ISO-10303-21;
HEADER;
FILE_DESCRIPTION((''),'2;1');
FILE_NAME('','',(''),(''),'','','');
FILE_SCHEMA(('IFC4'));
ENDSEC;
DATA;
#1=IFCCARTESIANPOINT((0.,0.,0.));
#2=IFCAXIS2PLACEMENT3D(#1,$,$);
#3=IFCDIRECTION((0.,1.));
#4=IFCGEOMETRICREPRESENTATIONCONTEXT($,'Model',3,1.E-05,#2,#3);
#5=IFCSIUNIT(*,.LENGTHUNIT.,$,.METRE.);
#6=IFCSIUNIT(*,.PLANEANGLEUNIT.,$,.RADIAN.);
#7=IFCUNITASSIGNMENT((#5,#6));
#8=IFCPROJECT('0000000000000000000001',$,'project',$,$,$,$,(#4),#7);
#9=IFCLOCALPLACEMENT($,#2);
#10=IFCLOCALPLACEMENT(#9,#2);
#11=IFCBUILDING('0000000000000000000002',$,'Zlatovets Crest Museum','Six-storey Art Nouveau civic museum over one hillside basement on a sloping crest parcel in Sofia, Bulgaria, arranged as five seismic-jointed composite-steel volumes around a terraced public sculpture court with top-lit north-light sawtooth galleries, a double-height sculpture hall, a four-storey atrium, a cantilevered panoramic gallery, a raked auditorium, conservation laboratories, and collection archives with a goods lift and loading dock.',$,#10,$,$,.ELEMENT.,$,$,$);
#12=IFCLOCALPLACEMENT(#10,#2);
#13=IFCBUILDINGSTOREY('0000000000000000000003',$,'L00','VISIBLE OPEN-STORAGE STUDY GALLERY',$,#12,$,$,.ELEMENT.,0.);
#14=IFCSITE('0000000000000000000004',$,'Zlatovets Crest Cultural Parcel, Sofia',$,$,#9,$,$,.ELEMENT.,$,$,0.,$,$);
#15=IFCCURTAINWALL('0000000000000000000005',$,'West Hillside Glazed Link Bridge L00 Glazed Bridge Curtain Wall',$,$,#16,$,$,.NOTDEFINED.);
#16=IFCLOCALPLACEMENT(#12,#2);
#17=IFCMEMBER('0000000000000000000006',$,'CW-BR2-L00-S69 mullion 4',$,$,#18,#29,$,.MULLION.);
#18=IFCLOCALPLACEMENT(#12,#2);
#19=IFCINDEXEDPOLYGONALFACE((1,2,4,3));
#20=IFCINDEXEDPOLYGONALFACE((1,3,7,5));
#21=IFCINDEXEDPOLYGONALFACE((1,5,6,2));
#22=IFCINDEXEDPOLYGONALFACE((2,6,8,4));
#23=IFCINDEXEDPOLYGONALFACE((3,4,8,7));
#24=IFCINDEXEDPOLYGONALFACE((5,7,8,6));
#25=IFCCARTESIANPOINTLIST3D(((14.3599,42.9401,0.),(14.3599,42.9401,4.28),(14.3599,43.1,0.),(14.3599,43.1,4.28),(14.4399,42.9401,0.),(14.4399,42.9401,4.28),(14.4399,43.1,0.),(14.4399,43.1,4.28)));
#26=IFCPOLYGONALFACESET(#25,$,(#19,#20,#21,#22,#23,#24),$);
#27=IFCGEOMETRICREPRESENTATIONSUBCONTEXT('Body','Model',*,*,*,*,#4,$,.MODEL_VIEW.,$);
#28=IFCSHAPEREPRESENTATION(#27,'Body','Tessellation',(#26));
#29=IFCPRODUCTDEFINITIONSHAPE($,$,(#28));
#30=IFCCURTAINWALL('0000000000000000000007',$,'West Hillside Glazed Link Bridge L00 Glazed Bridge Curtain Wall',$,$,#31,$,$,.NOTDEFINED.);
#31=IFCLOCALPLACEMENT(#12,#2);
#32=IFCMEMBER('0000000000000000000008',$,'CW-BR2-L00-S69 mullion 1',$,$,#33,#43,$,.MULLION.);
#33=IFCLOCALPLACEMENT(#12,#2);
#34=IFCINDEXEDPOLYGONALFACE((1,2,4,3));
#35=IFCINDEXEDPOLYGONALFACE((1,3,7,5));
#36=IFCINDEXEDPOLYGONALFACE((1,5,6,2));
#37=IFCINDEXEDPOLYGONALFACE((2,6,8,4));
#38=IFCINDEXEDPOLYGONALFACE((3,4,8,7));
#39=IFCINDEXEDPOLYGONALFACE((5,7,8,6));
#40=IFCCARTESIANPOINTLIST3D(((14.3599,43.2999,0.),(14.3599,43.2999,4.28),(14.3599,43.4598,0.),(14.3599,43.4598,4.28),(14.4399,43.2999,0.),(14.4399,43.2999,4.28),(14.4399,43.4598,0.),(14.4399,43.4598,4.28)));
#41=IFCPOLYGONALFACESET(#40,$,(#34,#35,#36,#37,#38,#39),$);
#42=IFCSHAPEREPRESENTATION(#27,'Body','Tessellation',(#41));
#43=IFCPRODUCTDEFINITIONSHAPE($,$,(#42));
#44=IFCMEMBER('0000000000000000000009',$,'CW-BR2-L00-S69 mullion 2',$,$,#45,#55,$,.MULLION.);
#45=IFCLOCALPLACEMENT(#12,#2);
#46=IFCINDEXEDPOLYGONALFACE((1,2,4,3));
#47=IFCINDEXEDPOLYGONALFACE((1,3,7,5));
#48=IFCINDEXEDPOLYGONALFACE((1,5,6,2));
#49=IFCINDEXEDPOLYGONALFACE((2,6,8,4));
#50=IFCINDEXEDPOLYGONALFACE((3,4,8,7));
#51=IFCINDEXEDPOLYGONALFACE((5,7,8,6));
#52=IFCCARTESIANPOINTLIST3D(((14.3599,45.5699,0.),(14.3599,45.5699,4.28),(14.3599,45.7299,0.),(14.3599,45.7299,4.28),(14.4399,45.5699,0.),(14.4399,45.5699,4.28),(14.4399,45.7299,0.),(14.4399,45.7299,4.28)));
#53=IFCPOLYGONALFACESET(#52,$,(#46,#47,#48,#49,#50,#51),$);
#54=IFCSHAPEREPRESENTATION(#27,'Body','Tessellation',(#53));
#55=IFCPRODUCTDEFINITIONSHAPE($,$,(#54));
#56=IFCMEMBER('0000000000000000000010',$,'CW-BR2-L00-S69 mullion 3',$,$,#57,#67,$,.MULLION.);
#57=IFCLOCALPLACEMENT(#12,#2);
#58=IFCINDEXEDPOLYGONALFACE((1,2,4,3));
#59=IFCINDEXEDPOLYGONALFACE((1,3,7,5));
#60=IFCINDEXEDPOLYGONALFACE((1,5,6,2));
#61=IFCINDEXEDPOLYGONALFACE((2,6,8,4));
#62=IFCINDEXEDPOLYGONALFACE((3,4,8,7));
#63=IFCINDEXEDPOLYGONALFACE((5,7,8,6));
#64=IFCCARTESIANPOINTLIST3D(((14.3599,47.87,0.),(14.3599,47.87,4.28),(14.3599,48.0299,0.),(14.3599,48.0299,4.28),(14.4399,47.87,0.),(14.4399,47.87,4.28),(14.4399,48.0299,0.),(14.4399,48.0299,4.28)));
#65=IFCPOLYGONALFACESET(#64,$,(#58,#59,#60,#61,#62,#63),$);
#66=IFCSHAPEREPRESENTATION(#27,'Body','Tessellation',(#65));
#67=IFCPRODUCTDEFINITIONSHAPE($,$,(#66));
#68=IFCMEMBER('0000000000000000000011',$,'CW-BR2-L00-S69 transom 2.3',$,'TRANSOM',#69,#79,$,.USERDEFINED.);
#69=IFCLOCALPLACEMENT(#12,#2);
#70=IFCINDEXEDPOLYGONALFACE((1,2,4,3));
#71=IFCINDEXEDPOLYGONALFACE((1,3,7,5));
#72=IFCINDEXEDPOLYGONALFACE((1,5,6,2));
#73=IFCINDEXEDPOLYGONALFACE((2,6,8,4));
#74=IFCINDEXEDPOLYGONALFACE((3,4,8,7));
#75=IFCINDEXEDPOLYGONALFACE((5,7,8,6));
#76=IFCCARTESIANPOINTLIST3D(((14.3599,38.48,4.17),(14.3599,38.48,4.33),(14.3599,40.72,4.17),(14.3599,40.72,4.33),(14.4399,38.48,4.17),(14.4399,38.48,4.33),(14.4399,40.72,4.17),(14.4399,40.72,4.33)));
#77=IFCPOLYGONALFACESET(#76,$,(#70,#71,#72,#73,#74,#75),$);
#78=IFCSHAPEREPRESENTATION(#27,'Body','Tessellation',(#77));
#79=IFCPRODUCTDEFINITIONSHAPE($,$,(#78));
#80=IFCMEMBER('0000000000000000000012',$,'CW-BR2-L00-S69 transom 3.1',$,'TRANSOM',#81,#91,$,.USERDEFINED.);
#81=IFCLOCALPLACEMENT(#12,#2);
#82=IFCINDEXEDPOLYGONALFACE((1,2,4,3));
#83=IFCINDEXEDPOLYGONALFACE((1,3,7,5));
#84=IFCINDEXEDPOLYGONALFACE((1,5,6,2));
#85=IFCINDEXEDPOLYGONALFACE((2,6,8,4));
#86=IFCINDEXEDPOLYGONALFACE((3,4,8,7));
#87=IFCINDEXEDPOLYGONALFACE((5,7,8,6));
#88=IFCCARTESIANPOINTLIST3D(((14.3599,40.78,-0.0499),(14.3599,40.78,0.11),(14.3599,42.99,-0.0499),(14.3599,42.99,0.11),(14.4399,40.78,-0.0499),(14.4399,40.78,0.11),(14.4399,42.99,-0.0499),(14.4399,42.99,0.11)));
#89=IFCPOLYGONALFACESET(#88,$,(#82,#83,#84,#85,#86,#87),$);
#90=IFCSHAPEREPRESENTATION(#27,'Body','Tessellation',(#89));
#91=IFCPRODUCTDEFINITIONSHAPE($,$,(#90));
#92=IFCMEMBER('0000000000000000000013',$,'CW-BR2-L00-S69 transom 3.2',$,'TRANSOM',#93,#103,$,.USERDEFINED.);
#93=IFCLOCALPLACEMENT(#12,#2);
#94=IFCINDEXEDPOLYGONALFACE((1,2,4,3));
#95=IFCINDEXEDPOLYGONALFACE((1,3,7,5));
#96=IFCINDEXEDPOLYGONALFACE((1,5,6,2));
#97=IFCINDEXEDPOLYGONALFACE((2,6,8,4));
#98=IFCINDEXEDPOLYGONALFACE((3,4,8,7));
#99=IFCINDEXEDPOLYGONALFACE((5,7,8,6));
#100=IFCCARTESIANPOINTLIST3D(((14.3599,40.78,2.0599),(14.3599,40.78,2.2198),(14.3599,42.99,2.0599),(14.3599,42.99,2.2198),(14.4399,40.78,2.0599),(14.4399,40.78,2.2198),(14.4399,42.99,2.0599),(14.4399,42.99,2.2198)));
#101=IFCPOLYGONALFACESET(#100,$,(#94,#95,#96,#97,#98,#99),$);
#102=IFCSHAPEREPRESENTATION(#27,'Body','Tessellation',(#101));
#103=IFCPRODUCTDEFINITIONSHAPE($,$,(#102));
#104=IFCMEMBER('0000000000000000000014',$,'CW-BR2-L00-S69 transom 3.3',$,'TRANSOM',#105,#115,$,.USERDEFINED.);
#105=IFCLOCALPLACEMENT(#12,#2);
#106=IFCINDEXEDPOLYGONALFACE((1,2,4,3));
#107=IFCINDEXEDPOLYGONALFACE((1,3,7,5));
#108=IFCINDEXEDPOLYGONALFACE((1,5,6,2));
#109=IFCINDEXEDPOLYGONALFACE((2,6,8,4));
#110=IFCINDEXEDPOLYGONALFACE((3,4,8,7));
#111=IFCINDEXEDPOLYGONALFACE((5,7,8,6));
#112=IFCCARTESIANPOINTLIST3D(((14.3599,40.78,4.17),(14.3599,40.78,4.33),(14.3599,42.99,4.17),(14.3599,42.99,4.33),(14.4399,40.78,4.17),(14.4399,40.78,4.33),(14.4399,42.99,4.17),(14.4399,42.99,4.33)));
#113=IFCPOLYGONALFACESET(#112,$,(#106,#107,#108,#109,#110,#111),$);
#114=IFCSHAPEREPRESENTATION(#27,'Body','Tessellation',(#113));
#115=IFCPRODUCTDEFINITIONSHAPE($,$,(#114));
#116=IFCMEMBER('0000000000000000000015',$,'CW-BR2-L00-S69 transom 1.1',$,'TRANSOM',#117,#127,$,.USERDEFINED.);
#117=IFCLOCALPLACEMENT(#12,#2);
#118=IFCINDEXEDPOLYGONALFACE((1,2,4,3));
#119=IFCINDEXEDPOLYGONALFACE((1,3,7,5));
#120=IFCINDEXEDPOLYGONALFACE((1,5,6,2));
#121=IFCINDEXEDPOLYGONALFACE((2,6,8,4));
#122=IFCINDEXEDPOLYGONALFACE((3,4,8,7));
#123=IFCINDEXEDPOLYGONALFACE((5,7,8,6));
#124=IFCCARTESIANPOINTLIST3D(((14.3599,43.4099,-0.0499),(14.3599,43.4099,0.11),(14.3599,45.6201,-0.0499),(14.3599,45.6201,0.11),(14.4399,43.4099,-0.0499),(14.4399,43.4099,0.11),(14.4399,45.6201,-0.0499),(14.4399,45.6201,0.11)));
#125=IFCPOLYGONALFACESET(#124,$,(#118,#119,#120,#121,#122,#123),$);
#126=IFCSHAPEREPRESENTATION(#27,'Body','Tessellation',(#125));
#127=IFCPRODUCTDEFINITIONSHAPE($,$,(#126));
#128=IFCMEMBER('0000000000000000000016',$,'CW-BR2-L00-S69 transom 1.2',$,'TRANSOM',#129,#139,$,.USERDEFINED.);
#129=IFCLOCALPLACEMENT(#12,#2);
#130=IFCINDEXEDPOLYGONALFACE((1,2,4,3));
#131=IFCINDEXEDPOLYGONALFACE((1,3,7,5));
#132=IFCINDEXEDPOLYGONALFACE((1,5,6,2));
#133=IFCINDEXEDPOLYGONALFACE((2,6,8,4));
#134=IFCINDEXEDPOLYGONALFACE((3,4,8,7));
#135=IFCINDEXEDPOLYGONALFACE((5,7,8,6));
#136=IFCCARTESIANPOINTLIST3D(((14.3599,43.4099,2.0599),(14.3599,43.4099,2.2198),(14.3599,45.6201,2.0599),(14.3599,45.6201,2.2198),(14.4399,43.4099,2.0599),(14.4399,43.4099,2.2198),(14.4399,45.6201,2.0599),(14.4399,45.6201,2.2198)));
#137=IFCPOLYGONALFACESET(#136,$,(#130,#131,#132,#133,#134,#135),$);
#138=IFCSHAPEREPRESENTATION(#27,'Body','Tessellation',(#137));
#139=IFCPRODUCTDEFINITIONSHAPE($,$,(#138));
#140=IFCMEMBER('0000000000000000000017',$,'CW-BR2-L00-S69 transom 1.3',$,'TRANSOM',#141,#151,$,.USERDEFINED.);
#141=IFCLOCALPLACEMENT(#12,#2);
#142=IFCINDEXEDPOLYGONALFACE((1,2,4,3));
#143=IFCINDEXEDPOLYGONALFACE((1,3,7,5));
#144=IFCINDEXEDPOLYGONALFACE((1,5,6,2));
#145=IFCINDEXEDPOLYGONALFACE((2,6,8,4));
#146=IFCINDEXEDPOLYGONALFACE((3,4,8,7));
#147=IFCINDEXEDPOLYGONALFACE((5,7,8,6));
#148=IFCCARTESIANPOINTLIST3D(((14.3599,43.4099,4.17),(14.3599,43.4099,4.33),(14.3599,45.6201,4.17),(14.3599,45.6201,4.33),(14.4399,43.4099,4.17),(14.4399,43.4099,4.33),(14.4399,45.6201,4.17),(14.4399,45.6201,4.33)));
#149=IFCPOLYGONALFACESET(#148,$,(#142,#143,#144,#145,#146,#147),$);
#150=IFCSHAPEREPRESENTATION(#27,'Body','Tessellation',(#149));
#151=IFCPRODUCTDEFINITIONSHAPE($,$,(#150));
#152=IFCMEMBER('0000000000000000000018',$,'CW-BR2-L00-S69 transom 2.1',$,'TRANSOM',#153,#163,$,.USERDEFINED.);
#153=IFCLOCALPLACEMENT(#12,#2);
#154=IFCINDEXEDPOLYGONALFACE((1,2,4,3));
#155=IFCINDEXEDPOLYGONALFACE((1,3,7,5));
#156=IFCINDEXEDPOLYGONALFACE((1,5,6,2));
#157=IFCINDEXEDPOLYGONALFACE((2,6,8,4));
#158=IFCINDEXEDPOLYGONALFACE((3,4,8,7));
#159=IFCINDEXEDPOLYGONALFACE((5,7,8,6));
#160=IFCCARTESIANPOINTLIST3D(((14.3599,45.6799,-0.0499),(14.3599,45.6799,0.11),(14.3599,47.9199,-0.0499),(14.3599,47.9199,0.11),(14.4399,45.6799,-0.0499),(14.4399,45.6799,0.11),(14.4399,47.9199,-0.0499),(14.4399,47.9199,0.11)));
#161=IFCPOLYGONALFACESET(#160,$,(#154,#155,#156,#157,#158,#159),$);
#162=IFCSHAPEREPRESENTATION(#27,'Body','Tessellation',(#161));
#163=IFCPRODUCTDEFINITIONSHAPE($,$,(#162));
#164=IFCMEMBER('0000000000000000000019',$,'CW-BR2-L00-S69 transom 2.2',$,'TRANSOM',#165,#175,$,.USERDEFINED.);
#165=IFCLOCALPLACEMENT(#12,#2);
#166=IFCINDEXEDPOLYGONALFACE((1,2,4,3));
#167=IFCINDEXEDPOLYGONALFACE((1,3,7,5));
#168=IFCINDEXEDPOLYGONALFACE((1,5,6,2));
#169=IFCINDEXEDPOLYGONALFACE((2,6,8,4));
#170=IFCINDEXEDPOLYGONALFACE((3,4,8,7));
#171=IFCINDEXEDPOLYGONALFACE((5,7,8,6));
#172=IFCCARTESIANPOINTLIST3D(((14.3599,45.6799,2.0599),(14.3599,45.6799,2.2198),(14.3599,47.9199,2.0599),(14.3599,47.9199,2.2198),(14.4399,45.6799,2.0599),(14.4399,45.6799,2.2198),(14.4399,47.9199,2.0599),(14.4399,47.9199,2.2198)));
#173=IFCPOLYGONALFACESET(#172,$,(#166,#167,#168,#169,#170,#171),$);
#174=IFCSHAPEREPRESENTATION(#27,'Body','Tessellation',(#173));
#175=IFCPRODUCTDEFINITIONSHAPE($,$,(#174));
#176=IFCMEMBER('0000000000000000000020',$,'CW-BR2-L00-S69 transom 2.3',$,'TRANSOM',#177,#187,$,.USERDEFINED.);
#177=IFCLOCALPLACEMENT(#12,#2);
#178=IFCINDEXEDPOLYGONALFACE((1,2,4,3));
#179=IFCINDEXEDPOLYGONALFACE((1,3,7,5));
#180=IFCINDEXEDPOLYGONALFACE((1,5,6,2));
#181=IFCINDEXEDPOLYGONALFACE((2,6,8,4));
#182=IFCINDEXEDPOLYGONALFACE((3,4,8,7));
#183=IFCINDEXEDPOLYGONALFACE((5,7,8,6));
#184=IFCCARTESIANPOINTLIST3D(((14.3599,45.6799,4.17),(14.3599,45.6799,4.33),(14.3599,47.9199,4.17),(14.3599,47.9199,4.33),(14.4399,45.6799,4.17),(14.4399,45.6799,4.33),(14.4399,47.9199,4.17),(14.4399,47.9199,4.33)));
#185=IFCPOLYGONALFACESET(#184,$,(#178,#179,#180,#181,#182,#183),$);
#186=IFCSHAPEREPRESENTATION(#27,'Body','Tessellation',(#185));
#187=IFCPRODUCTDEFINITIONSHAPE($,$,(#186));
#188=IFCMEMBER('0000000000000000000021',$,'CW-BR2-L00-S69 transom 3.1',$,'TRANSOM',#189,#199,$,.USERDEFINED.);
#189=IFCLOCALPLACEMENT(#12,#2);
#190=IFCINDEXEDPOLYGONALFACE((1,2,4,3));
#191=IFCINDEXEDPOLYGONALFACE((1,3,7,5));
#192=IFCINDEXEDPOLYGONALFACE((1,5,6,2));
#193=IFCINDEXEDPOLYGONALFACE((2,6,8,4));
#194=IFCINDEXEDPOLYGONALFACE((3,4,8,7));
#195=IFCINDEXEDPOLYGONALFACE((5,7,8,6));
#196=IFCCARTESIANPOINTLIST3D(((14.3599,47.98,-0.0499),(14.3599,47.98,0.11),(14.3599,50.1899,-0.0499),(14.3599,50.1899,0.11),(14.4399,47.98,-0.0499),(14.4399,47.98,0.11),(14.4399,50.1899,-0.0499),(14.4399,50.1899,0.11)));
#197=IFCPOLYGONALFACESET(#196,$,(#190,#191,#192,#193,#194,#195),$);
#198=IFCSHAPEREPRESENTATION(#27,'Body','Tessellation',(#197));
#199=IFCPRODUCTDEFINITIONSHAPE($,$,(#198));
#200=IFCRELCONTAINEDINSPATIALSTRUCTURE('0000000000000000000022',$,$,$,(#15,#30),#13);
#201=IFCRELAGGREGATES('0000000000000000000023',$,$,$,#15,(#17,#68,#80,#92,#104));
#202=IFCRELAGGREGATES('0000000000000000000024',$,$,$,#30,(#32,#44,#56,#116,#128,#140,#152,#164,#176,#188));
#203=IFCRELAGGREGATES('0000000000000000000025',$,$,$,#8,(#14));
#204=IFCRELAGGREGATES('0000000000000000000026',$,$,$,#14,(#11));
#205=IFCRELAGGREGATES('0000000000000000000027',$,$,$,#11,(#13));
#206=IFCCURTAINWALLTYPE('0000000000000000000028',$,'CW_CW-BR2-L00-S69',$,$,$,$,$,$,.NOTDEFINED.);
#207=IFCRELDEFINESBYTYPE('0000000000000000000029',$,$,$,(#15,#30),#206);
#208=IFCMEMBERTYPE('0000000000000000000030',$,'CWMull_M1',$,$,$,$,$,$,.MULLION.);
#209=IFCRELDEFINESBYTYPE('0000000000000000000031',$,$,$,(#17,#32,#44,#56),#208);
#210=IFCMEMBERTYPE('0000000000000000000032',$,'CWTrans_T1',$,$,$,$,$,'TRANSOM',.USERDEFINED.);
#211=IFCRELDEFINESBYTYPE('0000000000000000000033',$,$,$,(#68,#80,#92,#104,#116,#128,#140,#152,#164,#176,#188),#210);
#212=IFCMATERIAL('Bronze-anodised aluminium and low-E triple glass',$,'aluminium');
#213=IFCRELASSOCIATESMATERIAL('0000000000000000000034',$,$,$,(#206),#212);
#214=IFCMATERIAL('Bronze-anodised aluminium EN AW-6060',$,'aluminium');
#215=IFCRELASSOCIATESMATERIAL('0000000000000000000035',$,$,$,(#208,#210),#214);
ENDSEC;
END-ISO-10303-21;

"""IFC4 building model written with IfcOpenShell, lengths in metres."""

from ifc_helpers import new_model, si_unit, direction, frame, origin, origin_2d, place, context, subcontext, project, spatial, rectangle, extrude, material, material_profile, profile_set, type_object, element, aggregate, save


model = new_model("IFC4")

# Units and contexts
model_context = context("Model", 3, precision=1e-05, world=origin(), true_north=direction((0.0, 1.0)))
body_context = subcontext(model_context, "Body", "Model", "MODEL_VIEW")
ifc_project = project(units=[si_unit("LENGTHUNIT", "METRE"), si_unit("PLANEANGLEUNIT", "RADIAN")], contexts=[model_context])

# Site, building, storey
site_placement = place(None, origin())
site = spatial("IfcSite", under=ifc_project, at=site_placement, Name="Zlatovets Crest Cultural Parcel, Sofia", CompositionType="ELEMENT", RefElevation=0.0)
building_placement = place(site_placement, origin())
building = spatial("IfcBuilding", under=site, at=building_placement, Name="Zlatovets Crest Museum", Description="Six-storey Art Nouveau civic museum over one hillside basement on a sloping crest parcel in Sofia, Bulgaria, arranged as five seismic-jointed composite-steel volumes around a terraced public sculpture court with top-lit north-light sawtooth galleries, a double-height sculpture hall, a four-storey atrium, a cantilevered panoramic gallery, a raked auditorium, conservation laboratories, and collection archives with a goods lift and loading dock.", CompositionType="ELEMENT")
storey_placement = place(building_placement, origin())
storey = spatial("IfcBuildingStorey", under=building, at=storey_placement, Name="L00", Description="VISIBLE OPEN-STORAGE STUDY GALLERY", CompositionType="ELEMENT", Elevation=0.0)

# Curtain walls, members
ifc_material_1 = material(Name="Bronze-anodised aluminium and low-E triple glass", Category="aluminium")
curtain_wall_type = type_object("IfcCurtainWallType", Name="CW_CW-BR2-L00-S69", PredefinedType="NOTDEFINED", material=ifc_material_1)
curtain_wall_1_placement = place(storey_placement, origin())
curtain_wall_1 = element("IfcCurtainWall", 1, at=curtain_wall_1_placement, inside=storey, type_object=curtain_wall_type, Name="West Hillside Glazed Link Bridge L00 Glazed Bridge Curtain Wall", PredefinedType="NOTDEFINED")
ifc_material_2 = material(Name="Bronze-anodised aluminium EN AW-6060", Category="aluminium")
ifc_material_profile_1 = material_profile(ifc_material_2, rectangle(XDim=0.0801, YDim=0.1599, at=origin_2d()), Name="ALU 80x160")
ifc_profile_set_1 = profile_set([ifc_material_profile_1], Name="Bronze-anodised aluminium EN AW-6060")
member_type_1 = type_object("IfcMemberType", Name="CWMull_M1", PredefinedType="MULLION", material=ifc_profile_set_1)
member_1_placement = place(storey_placement, frame((14.3999, 43.02, 0.0), z_axis=(0.0, 0.0, 1.0), x_axis=(-1.0, 0.0, 0.0)))
member_1 = element("IfcMember", 2, at=member_1_placement, type_object=member_type_1, Name="CW-BR2-L00-S69 mullion 4", PredefinedType="MULLION", context=body_context, shape_type="SweptSolid", body=[
    extrude(rectangle(XDim=0.0801, YDim=0.1599, at=origin_2d()), origin(), (0.0, 0.0, 1.0), 4.28),
])
curtain_wall_2_placement = place(storey_placement, origin())
curtain_wall_2 = element("IfcCurtainWall", 3, at=curtain_wall_2_placement, inside=storey, type_object=curtain_wall_type, Name="West Hillside Glazed Link Bridge L00 Glazed Bridge Curtain Wall", PredefinedType="NOTDEFINED")
member_2_placement = place(storey_placement, frame((14.3999, 43.3799, 0.0), z_axis=(0.0, 0.0, 1.0), x_axis=(-1.0, 0.0, 0.0)))
member_2 = element("IfcMember", 4, at=member_2_placement, type_object=member_type_1, Name="CW-BR2-L00-S69 mullion 1", PredefinedType="MULLION", context=body_context, shape_type="SweptSolid", body=[
    extrude(rectangle(XDim=0.0801, YDim=0.1599, at=origin_2d()), origin(), (0.0, 0.0, 1.0), 4.28),
])
member_3_placement = place(storey_placement, frame((14.3999, 45.6499, 0.0), z_axis=(0.0, 0.0, 1.0), x_axis=(-1.0, 0.0, 0.0)))
member_3 = element("IfcMember", 5, at=member_3_placement, type_object=member_type_1, Name="CW-BR2-L00-S69 mullion 2", PredefinedType="MULLION", context=body_context, shape_type="SweptSolid", body=[
    extrude(rectangle(XDim=0.0801, YDim=0.1599, at=origin_2d()), origin(), (0.0, 0.0, 1.0), 4.28),
])
member_4_placement = place(storey_placement, frame((14.3999, 47.95, 0.0), z_axis=(0.0, 0.0, 1.0), x_axis=(-1.0, 0.0, 0.0)))
member_4 = element("IfcMember", 6, at=member_4_placement, type_object=member_type_1, Name="CW-BR2-L00-S69 mullion 3", PredefinedType="MULLION", context=body_context, shape_type="SweptSolid", body=[
    extrude(rectangle(XDim=0.0801, YDim=0.1599, at=origin_2d()), origin(), (0.0, 0.0, 1.0), 4.28),
])

# Members
ifc_material_profile_2 = material_profile(ifc_material_2, rectangle(XDim=0.0801, YDim=0.1599, at=origin_2d()), Name="ALU 80x160")
ifc_profile_set_2 = profile_set([ifc_material_profile_2], Name="Bronze-anodised aluminium EN AW-6060")
member_type_2 = type_object("IfcMemberType", Name="CWTrans_T1", ElementType="TRANSOM", PredefinedType="USERDEFINED", material=ifc_profile_set_2)
member_5_placement = place(storey_placement, frame((14.3999, 38.48, 4.25), z_axis=(0.0, 1.0, 0.0), x_axis=(-1.0, 0.0, 0.0)))
member_5 = element("IfcMember", 7, at=member_5_placement, type_object=member_type_2, Name="CW-BR2-L00-S69 transom 2.3", ObjectType="TRANSOM", PredefinedType="USERDEFINED", context=body_context, shape_type="SweptSolid", body=[
    extrude(rectangle(XDim=0.0801, YDim=0.1599, at=origin_2d()), origin(), (0.0, 0.0, 1.0), 2.24),
])
member_6_placement = place(storey_placement, frame((14.3999, 40.78, 0.03), z_axis=(0.0, 1.0, 0.0), x_axis=(-1.0, 0.0, 0.0)))
member_6 = element("IfcMember", 8, at=member_6_placement, type_object=member_type_2, Name="CW-BR2-L00-S69 transom 3.1", ObjectType="TRANSOM", PredefinedType="USERDEFINED", context=body_context, shape_type="SweptSolid", body=[
    extrude(rectangle(XDim=0.0801, YDim=0.1599, at=origin_2d()), origin(), (0.0, 0.0, 1.0), 2.21),
])
member_7_placement = place(storey_placement, frame((14.3999, 40.78, 2.1399), z_axis=(0.0, 1.0, 0.0), x_axis=(-1.0, 0.0, 0.0)))
member_7 = element("IfcMember", 9, at=member_7_placement, type_object=member_type_2, Name="CW-BR2-L00-S69 transom 3.2", ObjectType="TRANSOM", PredefinedType="USERDEFINED", context=body_context, shape_type="SweptSolid", body=[
    extrude(rectangle(XDim=0.0801, YDim=0.1599, at=origin_2d()), origin(), (0.0, 0.0, 1.0), 2.21),
])
member_8_placement = place(storey_placement, frame((14.3999, 40.78, 4.25), z_axis=(0.0, 1.0, 0.0), x_axis=(-1.0, 0.0, 0.0)))
member_8 = element("IfcMember", 10, at=member_8_placement, type_object=member_type_2, Name="CW-BR2-L00-S69 transom 3.3", ObjectType="TRANSOM", PredefinedType="USERDEFINED", context=body_context, shape_type="SweptSolid", body=[
    extrude(rectangle(XDim=0.0801, YDim=0.1599, at=origin_2d()), origin(), (0.0, 0.0, 1.0), 2.21),
])
member_9_placement = place(storey_placement, frame((14.3999, 43.4099, 0.03), z_axis=(0.0, 1.0, 0.0), x_axis=(-1.0, 0.0, 0.0)))
member_9 = element("IfcMember", 11, at=member_9_placement, type_object=member_type_2, Name="CW-BR2-L00-S69 transom 1.1", ObjectType="TRANSOM", PredefinedType="USERDEFINED", context=body_context, shape_type="SweptSolid", body=[
    extrude(rectangle(XDim=0.0801, YDim=0.1599, at=origin_2d()), origin(), (0.0, 0.0, 1.0), 2.2102),
])
member_10_placement = place(storey_placement, frame((14.3999, 43.4099, 2.1399), z_axis=(0.0, 1.0, 0.0), x_axis=(-1.0, 0.0, 0.0)))
member_10 = element("IfcMember", 12, at=member_10_placement, type_object=member_type_2, Name="CW-BR2-L00-S69 transom 1.2", ObjectType="TRANSOM", PredefinedType="USERDEFINED", context=body_context, shape_type="SweptSolid", body=[
    extrude(rectangle(XDim=0.0801, YDim=0.1599, at=origin_2d()), origin(), (0.0, 0.0, 1.0), 2.2102),
])
member_11_placement = place(storey_placement, frame((14.3999, 43.4099, 4.25), z_axis=(0.0, 1.0, 0.0), x_axis=(-1.0, 0.0, 0.0)))
member_11 = element("IfcMember", 13, at=member_11_placement, type_object=member_type_2, Name="CW-BR2-L00-S69 transom 1.3", ObjectType="TRANSOM", PredefinedType="USERDEFINED", context=body_context, shape_type="SweptSolid", body=[
    extrude(rectangle(XDim=0.0801, YDim=0.1599, at=origin_2d()), origin(), (0.0, 0.0, 1.0), 2.2102),
])
member_12_placement = place(storey_placement, frame((14.3999, 45.6799, 0.03), z_axis=(0.0, 1.0, 0.0), x_axis=(-1.0, 0.0, 0.0)))
member_12 = element("IfcMember", 14, at=member_12_placement, type_object=member_type_2, Name="CW-BR2-L00-S69 transom 2.1", ObjectType="TRANSOM", PredefinedType="USERDEFINED", context=body_context, shape_type="SweptSolid", body=[
    extrude(rectangle(XDim=0.0801, YDim=0.1599, at=origin_2d()), origin(), (0.0, 0.0, 1.0), 2.24),
])
member_13_placement = place(storey_placement, frame((14.3999, 45.6799, 2.1399), z_axis=(0.0, 1.0, 0.0), x_axis=(-1.0, 0.0, 0.0)))
member_13 = element("IfcMember", 15, at=member_13_placement, type_object=member_type_2, Name="CW-BR2-L00-S69 transom 2.2", ObjectType="TRANSOM", PredefinedType="USERDEFINED", context=body_context, shape_type="SweptSolid", body=[
    extrude(rectangle(XDim=0.0801, YDim=0.1599, at=origin_2d()), origin(), (0.0, 0.0, 1.0), 2.24),
])
member_14_placement = place(storey_placement, frame((14.3999, 45.6799, 4.25), z_axis=(0.0, 1.0, 0.0), x_axis=(-1.0, 0.0, 0.0)))
member_14 = element("IfcMember", 16, at=member_14_placement, type_object=member_type_2, Name="CW-BR2-L00-S69 transom 2.3", ObjectType="TRANSOM", PredefinedType="USERDEFINED", context=body_context, shape_type="SweptSolid", body=[
    extrude(rectangle(XDim=0.0801, YDim=0.1599, at=origin_2d()), origin(), (0.0, 0.0, 1.0), 2.24),
])
member_15_placement = place(storey_placement, frame((14.3999, 47.98, 0.03), z_axis=(0.0, 1.0, 0.0), x_axis=(-1.0, 0.0, 0.0)))
member_15 = element("IfcMember", 17, at=member_15_placement, type_object=member_type_2, Name="CW-BR2-L00-S69 transom 3.1", ObjectType="TRANSOM", PredefinedType="USERDEFINED", context=body_context, shape_type="SweptSolid", body=[
    extrude(rectangle(XDim=0.0801, YDim=0.1599, at=origin_2d()), origin(), (0.0, 0.0, 1.0), 2.21),
])

aggregate(curtain_wall_1, [member_1, member_5, member_6, member_7, member_8])
aggregate(curtain_wall_2, [member_2, member_3, member_4, member_9, member_10, member_11, member_12, member_13, member_14, member_15])

save(model, "model.ifc")
